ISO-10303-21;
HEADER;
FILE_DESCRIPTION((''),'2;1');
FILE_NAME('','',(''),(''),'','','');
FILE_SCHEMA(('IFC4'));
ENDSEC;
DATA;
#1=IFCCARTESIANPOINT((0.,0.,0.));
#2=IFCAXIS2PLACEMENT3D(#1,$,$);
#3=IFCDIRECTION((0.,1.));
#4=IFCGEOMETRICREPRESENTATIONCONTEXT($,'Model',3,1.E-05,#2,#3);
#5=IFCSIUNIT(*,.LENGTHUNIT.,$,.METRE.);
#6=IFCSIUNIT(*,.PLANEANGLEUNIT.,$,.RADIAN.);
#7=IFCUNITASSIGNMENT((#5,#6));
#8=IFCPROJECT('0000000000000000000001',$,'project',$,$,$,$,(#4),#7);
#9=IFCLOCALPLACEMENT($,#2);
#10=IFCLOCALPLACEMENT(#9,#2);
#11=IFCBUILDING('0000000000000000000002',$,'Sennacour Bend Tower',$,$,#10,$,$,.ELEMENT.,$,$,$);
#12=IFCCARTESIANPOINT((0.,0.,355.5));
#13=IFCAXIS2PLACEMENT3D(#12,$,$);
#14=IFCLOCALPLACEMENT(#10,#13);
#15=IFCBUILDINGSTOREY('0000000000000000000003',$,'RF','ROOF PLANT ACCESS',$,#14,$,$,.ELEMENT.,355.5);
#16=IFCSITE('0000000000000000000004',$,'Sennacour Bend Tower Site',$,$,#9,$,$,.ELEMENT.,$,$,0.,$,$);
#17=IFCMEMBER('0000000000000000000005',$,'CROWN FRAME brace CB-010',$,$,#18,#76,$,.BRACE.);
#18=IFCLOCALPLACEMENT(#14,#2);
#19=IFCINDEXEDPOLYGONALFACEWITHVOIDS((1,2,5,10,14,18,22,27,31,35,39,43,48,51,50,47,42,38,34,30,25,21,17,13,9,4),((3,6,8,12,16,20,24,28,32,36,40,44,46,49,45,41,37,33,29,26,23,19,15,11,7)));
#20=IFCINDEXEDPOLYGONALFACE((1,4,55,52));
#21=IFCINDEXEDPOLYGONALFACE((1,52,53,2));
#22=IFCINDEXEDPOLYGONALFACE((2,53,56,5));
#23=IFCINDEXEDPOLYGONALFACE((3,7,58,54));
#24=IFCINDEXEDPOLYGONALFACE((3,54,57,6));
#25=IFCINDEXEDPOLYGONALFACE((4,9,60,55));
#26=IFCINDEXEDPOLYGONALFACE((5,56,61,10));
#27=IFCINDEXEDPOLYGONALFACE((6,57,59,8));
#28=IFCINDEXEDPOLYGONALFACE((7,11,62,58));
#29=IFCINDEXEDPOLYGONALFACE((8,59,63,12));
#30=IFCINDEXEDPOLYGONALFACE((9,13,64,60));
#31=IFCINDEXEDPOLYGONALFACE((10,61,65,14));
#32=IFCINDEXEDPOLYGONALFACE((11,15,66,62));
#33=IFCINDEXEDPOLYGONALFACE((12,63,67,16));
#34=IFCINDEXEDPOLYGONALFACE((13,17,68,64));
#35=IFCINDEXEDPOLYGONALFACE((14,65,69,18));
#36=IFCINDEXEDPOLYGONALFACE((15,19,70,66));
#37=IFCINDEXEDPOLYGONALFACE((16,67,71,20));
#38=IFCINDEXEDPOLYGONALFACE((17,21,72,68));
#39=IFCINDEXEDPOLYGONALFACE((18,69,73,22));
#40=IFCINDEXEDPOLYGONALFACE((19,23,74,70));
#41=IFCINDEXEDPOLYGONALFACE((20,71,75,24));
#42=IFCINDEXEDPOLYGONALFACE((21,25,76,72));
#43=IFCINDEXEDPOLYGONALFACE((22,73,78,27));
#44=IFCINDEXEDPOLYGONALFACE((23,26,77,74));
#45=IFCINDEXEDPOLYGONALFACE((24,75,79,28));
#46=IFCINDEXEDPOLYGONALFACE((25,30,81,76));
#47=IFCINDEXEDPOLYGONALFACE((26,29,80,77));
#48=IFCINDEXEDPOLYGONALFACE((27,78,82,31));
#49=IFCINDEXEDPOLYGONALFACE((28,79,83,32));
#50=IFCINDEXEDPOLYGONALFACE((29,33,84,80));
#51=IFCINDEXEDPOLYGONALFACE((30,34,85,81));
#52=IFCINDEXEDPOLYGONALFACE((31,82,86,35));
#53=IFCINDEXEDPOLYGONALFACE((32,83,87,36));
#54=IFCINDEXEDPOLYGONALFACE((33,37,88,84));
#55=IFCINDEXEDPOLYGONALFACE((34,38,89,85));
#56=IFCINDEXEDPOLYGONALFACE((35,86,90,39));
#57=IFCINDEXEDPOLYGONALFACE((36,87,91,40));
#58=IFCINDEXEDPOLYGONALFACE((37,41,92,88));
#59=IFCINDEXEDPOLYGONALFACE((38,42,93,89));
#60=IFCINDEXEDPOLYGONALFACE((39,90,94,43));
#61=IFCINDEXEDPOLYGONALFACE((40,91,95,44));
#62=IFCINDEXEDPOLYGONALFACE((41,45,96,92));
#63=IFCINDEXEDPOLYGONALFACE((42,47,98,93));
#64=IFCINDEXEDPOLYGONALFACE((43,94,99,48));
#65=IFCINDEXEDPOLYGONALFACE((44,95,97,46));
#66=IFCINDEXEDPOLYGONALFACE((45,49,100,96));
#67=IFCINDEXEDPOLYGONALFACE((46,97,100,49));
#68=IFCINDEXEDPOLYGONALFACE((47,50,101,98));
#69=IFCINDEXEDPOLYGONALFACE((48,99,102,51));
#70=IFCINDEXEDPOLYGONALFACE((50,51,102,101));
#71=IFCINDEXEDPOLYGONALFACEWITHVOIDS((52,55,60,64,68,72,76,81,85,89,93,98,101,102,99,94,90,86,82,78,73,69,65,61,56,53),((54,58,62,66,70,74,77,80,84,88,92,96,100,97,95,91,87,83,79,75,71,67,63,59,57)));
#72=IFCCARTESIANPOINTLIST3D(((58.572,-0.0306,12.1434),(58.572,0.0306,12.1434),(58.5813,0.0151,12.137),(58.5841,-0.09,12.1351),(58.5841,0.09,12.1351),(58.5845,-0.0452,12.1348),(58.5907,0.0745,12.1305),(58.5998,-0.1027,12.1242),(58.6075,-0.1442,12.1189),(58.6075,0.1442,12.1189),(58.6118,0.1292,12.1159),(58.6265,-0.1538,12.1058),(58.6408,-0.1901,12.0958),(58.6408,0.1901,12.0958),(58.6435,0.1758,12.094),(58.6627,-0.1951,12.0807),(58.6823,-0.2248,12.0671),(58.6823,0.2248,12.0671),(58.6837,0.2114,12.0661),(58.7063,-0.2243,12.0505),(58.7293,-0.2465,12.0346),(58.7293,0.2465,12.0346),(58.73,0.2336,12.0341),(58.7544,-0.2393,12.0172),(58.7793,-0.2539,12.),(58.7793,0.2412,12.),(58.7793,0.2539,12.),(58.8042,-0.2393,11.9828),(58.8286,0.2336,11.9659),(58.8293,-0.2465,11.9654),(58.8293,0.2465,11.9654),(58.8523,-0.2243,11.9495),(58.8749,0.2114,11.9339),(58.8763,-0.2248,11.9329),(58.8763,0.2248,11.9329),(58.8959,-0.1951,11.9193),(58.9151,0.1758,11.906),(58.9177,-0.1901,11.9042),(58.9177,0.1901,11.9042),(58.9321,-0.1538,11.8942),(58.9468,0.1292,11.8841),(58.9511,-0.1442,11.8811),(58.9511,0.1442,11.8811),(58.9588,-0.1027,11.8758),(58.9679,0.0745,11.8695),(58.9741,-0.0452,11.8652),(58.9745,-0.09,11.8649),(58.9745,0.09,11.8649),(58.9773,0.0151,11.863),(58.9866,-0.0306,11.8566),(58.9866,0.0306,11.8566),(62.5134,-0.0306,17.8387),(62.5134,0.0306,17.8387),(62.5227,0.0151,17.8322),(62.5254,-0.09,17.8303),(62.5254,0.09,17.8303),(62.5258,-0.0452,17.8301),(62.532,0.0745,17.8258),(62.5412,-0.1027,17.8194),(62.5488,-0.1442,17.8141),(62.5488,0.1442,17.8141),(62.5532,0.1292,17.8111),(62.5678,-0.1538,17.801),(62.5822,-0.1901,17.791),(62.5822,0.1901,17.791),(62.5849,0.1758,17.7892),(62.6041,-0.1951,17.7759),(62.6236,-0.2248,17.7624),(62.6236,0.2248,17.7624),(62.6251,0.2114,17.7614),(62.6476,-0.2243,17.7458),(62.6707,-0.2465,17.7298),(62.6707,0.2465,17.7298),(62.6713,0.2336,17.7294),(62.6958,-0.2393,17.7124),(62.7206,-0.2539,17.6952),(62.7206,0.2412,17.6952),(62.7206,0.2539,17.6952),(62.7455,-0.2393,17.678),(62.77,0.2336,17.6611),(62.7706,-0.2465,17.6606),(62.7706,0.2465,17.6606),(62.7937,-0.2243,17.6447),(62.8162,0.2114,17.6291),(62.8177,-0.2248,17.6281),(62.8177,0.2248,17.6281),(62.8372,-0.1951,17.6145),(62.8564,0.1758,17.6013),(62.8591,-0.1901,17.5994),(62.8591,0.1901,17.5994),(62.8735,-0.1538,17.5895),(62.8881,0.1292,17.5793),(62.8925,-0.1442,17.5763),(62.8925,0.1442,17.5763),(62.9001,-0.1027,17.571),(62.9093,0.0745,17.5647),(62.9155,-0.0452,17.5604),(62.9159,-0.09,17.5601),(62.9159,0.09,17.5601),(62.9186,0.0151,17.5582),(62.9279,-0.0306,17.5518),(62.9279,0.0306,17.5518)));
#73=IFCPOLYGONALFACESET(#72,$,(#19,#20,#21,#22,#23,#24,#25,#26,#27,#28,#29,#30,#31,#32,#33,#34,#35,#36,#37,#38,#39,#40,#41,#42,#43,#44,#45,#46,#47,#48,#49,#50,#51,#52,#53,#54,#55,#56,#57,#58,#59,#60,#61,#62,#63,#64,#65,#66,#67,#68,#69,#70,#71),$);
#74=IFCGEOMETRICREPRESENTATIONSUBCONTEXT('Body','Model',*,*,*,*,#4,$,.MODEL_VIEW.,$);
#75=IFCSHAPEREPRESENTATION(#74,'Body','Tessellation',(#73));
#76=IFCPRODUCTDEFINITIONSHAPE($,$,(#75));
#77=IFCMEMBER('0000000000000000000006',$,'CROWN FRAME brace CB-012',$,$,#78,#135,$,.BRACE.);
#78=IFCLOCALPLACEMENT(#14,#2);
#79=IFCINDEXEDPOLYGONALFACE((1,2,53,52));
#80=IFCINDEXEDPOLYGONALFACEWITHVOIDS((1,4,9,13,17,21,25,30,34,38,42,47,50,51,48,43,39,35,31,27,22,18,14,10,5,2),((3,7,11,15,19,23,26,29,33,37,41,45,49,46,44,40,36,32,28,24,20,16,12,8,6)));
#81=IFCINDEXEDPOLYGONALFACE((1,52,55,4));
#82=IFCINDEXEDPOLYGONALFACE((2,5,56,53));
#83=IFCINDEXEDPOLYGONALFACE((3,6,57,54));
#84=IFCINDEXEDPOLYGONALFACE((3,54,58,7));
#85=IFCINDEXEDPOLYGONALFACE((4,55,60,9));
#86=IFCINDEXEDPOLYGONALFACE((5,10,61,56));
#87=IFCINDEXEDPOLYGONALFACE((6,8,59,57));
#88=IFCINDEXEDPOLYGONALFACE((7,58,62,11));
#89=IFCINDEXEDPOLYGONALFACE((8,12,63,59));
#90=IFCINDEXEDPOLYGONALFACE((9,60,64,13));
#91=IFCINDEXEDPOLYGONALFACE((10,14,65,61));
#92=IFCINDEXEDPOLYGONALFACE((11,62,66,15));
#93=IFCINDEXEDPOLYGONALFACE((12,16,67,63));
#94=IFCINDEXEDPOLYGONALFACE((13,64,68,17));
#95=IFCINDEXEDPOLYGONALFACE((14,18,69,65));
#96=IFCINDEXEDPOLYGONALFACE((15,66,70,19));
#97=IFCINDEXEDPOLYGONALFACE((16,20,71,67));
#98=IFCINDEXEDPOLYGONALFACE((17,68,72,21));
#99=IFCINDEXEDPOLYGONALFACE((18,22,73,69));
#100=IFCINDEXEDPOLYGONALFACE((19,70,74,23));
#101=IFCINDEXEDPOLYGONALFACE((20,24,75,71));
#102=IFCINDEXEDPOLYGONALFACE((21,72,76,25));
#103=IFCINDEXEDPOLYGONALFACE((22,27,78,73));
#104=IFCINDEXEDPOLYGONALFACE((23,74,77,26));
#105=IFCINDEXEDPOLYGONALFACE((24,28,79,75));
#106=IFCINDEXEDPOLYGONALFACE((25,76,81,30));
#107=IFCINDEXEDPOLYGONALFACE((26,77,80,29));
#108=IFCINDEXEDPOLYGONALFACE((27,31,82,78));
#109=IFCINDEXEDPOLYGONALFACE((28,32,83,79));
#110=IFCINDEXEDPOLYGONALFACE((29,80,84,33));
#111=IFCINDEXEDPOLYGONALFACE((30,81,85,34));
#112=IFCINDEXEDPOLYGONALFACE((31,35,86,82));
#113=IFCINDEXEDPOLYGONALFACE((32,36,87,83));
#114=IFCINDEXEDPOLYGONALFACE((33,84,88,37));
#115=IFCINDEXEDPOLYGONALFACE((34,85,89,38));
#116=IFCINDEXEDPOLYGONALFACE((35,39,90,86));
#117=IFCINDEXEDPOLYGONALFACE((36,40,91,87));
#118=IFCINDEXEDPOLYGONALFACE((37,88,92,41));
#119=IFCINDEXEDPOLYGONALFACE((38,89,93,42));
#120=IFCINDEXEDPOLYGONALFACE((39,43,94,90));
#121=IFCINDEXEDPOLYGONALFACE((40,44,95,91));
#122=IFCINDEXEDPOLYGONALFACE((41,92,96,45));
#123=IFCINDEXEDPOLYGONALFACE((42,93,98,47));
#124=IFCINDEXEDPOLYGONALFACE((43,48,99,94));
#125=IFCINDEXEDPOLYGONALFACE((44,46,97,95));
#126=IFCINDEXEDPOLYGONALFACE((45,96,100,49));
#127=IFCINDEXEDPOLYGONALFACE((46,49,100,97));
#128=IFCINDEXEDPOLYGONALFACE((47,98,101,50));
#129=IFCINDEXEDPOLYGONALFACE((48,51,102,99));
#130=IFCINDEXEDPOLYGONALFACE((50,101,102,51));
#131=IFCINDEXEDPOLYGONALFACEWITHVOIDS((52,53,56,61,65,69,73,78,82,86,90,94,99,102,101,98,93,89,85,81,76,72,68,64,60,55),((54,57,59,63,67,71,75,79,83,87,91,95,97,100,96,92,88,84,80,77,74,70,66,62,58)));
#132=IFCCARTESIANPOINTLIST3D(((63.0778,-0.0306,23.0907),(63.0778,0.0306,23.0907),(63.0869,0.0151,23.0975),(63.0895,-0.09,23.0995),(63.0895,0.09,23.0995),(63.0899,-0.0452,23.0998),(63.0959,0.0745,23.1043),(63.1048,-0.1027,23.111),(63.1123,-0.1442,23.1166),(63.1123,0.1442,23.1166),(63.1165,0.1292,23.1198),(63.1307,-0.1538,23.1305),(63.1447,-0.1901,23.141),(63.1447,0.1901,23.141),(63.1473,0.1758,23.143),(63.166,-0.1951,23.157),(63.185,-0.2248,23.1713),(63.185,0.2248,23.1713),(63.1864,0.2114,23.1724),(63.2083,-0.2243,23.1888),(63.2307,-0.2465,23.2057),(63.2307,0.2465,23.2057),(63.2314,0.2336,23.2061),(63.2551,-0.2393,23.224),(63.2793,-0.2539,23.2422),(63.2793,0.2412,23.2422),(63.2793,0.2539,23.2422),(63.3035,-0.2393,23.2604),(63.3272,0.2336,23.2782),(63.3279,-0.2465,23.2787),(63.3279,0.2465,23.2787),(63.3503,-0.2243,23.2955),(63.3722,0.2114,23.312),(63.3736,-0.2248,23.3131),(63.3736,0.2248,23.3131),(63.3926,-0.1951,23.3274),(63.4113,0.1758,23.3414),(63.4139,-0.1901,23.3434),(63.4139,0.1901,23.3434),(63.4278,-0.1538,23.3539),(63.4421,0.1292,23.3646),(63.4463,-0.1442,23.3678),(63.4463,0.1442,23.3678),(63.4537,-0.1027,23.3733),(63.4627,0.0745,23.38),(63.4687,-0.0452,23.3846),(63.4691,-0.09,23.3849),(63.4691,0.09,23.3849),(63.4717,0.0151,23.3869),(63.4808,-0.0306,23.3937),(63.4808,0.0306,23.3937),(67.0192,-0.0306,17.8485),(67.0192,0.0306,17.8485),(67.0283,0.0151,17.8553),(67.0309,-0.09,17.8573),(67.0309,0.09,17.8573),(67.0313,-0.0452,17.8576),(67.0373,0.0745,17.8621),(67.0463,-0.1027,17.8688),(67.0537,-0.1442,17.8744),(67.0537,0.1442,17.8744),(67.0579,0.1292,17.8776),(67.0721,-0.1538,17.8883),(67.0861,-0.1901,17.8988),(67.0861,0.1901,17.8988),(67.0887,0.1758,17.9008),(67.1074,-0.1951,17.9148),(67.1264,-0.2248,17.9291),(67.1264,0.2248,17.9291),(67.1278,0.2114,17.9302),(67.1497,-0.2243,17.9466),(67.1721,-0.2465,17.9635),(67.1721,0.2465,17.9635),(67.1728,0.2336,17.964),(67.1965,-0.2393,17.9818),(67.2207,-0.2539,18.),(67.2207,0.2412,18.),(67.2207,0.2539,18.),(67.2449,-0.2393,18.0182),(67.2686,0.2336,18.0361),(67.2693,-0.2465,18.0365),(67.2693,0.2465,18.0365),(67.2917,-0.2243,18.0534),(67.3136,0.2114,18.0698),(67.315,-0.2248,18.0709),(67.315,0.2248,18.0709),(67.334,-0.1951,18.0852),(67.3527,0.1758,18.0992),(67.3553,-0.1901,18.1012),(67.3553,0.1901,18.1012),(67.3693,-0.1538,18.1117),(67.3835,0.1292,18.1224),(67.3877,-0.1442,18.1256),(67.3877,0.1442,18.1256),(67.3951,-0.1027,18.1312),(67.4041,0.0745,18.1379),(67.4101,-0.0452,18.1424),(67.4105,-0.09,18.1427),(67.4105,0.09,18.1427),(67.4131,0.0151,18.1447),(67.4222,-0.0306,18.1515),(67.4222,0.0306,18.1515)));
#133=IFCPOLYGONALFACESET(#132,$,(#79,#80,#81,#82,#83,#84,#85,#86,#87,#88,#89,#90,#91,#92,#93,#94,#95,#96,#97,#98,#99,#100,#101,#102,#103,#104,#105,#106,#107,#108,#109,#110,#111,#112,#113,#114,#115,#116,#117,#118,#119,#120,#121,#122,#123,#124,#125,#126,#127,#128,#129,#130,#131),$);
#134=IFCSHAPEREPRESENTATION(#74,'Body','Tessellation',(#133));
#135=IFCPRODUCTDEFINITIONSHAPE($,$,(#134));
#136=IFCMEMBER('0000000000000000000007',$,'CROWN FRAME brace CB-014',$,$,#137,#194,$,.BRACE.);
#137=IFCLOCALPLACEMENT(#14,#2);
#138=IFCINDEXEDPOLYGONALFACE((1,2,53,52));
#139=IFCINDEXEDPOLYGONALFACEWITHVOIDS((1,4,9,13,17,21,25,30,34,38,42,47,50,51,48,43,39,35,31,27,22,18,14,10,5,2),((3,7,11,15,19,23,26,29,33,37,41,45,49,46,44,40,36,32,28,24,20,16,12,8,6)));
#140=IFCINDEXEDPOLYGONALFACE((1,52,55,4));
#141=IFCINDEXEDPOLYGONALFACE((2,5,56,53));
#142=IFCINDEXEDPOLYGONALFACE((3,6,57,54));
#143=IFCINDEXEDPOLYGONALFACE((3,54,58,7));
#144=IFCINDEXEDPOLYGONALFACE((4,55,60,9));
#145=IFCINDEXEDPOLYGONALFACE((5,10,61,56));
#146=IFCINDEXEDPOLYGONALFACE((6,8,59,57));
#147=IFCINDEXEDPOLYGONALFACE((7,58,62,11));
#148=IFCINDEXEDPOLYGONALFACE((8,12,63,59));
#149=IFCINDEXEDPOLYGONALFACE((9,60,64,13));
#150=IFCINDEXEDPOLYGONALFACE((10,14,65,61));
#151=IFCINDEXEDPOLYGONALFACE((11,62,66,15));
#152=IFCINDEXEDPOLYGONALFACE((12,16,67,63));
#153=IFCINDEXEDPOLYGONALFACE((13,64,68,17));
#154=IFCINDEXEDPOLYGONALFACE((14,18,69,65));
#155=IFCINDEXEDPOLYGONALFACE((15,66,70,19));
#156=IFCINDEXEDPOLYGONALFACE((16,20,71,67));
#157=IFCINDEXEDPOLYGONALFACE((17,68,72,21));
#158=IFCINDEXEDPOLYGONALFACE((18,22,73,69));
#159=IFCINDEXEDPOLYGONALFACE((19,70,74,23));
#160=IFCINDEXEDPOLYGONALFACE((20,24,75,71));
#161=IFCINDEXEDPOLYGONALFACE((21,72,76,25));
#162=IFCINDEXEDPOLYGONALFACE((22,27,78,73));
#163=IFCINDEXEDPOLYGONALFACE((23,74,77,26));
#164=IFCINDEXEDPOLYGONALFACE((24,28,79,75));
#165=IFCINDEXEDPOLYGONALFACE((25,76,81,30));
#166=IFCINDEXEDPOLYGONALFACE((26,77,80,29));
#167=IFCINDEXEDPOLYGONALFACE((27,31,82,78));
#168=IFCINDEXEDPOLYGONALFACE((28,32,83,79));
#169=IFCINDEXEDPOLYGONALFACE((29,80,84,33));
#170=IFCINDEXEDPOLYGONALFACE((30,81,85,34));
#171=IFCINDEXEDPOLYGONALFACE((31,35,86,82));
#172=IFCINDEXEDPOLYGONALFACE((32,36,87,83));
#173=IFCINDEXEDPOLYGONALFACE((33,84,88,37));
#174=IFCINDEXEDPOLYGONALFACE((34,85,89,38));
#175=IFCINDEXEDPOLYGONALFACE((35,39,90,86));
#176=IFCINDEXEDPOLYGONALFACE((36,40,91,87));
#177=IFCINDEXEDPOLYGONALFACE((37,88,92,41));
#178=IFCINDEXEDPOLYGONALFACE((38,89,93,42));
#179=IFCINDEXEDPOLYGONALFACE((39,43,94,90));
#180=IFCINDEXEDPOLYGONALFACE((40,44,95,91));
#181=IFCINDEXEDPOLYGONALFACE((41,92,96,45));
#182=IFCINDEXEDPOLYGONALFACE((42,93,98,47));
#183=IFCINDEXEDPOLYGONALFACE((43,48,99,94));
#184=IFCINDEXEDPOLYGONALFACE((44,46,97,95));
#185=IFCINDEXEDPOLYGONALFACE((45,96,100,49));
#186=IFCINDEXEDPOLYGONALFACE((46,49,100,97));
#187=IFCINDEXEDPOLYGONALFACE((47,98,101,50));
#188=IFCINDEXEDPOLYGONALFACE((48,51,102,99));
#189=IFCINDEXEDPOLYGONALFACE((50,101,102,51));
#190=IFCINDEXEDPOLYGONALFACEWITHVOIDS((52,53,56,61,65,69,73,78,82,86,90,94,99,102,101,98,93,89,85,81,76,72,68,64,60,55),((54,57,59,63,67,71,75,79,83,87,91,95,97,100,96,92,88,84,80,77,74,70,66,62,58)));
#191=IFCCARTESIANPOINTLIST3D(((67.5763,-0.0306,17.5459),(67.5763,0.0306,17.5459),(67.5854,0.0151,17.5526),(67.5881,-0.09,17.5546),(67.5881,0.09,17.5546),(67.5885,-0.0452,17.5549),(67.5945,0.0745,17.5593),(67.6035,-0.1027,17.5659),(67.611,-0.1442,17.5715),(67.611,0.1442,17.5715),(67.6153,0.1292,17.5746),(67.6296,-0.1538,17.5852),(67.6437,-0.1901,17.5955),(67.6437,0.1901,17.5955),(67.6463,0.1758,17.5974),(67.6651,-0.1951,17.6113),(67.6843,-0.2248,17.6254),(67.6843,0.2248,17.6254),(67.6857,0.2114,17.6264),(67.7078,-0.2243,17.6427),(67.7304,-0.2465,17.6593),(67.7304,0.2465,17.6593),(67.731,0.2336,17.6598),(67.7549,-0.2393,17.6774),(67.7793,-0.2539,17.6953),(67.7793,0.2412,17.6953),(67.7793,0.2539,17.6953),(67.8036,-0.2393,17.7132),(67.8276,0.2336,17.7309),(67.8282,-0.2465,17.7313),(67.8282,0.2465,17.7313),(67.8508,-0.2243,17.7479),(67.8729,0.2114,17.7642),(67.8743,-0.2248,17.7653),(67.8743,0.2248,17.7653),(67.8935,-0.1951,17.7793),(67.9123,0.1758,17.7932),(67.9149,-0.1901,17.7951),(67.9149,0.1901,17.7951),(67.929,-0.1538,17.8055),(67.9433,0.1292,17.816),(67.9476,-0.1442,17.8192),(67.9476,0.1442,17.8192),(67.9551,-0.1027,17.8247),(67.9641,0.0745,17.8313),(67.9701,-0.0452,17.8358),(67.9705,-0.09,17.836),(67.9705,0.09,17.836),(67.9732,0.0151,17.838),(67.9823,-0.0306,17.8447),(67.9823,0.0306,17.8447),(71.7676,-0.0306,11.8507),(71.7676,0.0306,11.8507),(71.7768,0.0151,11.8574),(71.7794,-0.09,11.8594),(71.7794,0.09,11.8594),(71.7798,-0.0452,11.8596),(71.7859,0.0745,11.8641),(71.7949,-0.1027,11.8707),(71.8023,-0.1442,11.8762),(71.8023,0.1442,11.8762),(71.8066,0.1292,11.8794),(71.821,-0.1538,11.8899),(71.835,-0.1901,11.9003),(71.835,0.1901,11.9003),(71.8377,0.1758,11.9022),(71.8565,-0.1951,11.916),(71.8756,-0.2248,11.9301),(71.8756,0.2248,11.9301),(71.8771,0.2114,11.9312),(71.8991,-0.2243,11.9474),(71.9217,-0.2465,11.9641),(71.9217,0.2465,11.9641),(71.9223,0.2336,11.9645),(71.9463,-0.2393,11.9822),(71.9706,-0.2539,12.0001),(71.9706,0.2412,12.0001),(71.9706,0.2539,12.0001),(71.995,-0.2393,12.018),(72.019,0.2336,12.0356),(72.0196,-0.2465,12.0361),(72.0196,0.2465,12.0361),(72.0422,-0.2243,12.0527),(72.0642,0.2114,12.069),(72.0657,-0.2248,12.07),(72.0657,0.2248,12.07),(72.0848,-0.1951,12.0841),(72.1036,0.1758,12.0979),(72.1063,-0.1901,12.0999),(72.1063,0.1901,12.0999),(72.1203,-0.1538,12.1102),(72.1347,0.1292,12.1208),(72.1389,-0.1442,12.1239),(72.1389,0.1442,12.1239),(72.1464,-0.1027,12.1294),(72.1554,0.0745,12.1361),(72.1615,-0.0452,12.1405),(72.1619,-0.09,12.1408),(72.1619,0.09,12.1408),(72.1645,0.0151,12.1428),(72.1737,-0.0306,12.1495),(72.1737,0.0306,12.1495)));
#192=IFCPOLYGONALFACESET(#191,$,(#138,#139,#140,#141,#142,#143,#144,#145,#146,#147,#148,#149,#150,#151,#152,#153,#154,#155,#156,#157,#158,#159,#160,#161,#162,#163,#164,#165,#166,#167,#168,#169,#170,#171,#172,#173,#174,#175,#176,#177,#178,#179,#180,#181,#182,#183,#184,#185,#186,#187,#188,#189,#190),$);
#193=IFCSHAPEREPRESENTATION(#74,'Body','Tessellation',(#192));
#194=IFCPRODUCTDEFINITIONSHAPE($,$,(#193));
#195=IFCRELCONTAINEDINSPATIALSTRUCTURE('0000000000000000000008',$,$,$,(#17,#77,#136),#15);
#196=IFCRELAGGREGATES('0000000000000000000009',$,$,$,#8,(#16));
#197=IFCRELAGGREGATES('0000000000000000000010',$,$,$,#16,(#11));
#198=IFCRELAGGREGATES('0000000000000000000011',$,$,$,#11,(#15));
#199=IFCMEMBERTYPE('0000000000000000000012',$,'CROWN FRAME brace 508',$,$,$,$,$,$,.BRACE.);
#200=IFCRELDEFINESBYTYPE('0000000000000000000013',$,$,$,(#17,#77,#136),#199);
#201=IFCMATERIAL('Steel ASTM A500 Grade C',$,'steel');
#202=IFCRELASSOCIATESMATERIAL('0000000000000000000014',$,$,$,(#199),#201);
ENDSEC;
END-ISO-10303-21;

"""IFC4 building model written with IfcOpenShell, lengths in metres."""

from ifc_helpers import new_model, si_unit, direction, frame, origin, origin_2d, place, context, subcontext, project, spatial, hollow_circle, extrude, material, material_profile, profile_set, type_object, element, save


model = new_model("IFC4")

# Units and contexts
model_context = context("Model", 3, precision=1e-05, world=origin(), true_north=direction((0.0, 1.0)))
body_context = subcontext(model_context, "Body", "Model", "MODEL_VIEW")
ifc_project = project(units=[si_unit("LENGTHUNIT", "METRE"), si_unit("PLANEANGLEUNIT", "RADIAN")], contexts=[model_context])

# Site, building, storey
site_placement = place(None, origin())
site = spatial("IfcSite", under=ifc_project, at=site_placement, Name="Sennacour Bend Tower Site", CompositionType="ELEMENT", RefElevation=0.0)
building_placement = place(site_placement, origin())
building = spatial("IfcBuilding", under=site, at=building_placement, Name="Sennacour Bend Tower", CompositionType="ELEMENT")
storey_placement = place(building_placement, frame((0.0, 0.0, 355.5)))
storey = spatial("IfcBuildingStorey", under=building, at=storey_placement, Name="RF", Description="ROOF PLANT ACCESS", CompositionType="ELEMENT", Elevation=355.5)

# Members
ifc_material_1 = material(Name="Steel ASTM A500 Grade C", Category="steel")
ifc_material_profile_1 = material_profile(ifc_material_1, hollow_circle(Radius=0.2539, WallThickness=0.0127, at=origin_2d()), Name="Steel ASTM A500 Grade C", Category="steel")
ifc_profile_set_1 = profile_set([ifc_material_profile_1], Name="Steel ASTM A500 Grade C")
member_type_1 = type_object("IfcMemberType", Name="CROWN FRAME brace 508", PredefinedType="BRACE", material=ifc_profile_set_1)
member_1_placement = place(storey_placement, frame((58.7793, 0.0, 12.0), z_axis=(0.569063, 0.0, 0.822294), x_axis=(0.0, 1.0, 0.0)))
element("IfcMember", 1, at=member_1_placement, inside=storey, type_object=member_type_1, Name="CROWN FRAME brace CB-010", PredefinedType="BRACE", context=body_context, shape_type="SweptSolid", body=[
    extrude(hollow_circle(Radius=0.2539, WallThickness=0.0127, at=origin_2d()), origin(), (0.0, 0.0, 1.0), 6.926),
])
member_2_placement = place(storey_placement, frame((63.2793, 0.0, 23.2422), z_axis=(0.600953, 0.0, -0.799285), x_axis=(0.0, 1.0, 0.0)))
element("IfcMember", 2, at=member_2_placement, inside=storey, type_object=member_type_1, Name="CROWN FRAME brace CB-012", PredefinedType="BRACE", context=body_context, shape_type="SweptSolid", body=[
    extrude(hollow_circle(Radius=0.2539, WallThickness=0.0127, at=origin_2d()), origin(), (0.0, 0.0, 1.0), 6.5586),
])
member_3_placement = place(storey_placement, frame((67.7793, 0.0, 17.6953), z_axis=(0.592728, 0.0, -0.805403), x_axis=(0.0, 1.0, 0.0)))
element("IfcMember", 3, at=member_3_placement, inside=storey, type_object=member_type_1, Name="CROWN FRAME brace CB-014", PredefinedType="BRACE", context=body_context, shape_type="SweptSolid", body=[
    extrude(hollow_circle(Radius=0.2539, WallThickness=0.0127, at=origin_2d()), origin(), (0.0, 0.0, 1.0), 7.0713),
])

save(model, "model.ifc")
